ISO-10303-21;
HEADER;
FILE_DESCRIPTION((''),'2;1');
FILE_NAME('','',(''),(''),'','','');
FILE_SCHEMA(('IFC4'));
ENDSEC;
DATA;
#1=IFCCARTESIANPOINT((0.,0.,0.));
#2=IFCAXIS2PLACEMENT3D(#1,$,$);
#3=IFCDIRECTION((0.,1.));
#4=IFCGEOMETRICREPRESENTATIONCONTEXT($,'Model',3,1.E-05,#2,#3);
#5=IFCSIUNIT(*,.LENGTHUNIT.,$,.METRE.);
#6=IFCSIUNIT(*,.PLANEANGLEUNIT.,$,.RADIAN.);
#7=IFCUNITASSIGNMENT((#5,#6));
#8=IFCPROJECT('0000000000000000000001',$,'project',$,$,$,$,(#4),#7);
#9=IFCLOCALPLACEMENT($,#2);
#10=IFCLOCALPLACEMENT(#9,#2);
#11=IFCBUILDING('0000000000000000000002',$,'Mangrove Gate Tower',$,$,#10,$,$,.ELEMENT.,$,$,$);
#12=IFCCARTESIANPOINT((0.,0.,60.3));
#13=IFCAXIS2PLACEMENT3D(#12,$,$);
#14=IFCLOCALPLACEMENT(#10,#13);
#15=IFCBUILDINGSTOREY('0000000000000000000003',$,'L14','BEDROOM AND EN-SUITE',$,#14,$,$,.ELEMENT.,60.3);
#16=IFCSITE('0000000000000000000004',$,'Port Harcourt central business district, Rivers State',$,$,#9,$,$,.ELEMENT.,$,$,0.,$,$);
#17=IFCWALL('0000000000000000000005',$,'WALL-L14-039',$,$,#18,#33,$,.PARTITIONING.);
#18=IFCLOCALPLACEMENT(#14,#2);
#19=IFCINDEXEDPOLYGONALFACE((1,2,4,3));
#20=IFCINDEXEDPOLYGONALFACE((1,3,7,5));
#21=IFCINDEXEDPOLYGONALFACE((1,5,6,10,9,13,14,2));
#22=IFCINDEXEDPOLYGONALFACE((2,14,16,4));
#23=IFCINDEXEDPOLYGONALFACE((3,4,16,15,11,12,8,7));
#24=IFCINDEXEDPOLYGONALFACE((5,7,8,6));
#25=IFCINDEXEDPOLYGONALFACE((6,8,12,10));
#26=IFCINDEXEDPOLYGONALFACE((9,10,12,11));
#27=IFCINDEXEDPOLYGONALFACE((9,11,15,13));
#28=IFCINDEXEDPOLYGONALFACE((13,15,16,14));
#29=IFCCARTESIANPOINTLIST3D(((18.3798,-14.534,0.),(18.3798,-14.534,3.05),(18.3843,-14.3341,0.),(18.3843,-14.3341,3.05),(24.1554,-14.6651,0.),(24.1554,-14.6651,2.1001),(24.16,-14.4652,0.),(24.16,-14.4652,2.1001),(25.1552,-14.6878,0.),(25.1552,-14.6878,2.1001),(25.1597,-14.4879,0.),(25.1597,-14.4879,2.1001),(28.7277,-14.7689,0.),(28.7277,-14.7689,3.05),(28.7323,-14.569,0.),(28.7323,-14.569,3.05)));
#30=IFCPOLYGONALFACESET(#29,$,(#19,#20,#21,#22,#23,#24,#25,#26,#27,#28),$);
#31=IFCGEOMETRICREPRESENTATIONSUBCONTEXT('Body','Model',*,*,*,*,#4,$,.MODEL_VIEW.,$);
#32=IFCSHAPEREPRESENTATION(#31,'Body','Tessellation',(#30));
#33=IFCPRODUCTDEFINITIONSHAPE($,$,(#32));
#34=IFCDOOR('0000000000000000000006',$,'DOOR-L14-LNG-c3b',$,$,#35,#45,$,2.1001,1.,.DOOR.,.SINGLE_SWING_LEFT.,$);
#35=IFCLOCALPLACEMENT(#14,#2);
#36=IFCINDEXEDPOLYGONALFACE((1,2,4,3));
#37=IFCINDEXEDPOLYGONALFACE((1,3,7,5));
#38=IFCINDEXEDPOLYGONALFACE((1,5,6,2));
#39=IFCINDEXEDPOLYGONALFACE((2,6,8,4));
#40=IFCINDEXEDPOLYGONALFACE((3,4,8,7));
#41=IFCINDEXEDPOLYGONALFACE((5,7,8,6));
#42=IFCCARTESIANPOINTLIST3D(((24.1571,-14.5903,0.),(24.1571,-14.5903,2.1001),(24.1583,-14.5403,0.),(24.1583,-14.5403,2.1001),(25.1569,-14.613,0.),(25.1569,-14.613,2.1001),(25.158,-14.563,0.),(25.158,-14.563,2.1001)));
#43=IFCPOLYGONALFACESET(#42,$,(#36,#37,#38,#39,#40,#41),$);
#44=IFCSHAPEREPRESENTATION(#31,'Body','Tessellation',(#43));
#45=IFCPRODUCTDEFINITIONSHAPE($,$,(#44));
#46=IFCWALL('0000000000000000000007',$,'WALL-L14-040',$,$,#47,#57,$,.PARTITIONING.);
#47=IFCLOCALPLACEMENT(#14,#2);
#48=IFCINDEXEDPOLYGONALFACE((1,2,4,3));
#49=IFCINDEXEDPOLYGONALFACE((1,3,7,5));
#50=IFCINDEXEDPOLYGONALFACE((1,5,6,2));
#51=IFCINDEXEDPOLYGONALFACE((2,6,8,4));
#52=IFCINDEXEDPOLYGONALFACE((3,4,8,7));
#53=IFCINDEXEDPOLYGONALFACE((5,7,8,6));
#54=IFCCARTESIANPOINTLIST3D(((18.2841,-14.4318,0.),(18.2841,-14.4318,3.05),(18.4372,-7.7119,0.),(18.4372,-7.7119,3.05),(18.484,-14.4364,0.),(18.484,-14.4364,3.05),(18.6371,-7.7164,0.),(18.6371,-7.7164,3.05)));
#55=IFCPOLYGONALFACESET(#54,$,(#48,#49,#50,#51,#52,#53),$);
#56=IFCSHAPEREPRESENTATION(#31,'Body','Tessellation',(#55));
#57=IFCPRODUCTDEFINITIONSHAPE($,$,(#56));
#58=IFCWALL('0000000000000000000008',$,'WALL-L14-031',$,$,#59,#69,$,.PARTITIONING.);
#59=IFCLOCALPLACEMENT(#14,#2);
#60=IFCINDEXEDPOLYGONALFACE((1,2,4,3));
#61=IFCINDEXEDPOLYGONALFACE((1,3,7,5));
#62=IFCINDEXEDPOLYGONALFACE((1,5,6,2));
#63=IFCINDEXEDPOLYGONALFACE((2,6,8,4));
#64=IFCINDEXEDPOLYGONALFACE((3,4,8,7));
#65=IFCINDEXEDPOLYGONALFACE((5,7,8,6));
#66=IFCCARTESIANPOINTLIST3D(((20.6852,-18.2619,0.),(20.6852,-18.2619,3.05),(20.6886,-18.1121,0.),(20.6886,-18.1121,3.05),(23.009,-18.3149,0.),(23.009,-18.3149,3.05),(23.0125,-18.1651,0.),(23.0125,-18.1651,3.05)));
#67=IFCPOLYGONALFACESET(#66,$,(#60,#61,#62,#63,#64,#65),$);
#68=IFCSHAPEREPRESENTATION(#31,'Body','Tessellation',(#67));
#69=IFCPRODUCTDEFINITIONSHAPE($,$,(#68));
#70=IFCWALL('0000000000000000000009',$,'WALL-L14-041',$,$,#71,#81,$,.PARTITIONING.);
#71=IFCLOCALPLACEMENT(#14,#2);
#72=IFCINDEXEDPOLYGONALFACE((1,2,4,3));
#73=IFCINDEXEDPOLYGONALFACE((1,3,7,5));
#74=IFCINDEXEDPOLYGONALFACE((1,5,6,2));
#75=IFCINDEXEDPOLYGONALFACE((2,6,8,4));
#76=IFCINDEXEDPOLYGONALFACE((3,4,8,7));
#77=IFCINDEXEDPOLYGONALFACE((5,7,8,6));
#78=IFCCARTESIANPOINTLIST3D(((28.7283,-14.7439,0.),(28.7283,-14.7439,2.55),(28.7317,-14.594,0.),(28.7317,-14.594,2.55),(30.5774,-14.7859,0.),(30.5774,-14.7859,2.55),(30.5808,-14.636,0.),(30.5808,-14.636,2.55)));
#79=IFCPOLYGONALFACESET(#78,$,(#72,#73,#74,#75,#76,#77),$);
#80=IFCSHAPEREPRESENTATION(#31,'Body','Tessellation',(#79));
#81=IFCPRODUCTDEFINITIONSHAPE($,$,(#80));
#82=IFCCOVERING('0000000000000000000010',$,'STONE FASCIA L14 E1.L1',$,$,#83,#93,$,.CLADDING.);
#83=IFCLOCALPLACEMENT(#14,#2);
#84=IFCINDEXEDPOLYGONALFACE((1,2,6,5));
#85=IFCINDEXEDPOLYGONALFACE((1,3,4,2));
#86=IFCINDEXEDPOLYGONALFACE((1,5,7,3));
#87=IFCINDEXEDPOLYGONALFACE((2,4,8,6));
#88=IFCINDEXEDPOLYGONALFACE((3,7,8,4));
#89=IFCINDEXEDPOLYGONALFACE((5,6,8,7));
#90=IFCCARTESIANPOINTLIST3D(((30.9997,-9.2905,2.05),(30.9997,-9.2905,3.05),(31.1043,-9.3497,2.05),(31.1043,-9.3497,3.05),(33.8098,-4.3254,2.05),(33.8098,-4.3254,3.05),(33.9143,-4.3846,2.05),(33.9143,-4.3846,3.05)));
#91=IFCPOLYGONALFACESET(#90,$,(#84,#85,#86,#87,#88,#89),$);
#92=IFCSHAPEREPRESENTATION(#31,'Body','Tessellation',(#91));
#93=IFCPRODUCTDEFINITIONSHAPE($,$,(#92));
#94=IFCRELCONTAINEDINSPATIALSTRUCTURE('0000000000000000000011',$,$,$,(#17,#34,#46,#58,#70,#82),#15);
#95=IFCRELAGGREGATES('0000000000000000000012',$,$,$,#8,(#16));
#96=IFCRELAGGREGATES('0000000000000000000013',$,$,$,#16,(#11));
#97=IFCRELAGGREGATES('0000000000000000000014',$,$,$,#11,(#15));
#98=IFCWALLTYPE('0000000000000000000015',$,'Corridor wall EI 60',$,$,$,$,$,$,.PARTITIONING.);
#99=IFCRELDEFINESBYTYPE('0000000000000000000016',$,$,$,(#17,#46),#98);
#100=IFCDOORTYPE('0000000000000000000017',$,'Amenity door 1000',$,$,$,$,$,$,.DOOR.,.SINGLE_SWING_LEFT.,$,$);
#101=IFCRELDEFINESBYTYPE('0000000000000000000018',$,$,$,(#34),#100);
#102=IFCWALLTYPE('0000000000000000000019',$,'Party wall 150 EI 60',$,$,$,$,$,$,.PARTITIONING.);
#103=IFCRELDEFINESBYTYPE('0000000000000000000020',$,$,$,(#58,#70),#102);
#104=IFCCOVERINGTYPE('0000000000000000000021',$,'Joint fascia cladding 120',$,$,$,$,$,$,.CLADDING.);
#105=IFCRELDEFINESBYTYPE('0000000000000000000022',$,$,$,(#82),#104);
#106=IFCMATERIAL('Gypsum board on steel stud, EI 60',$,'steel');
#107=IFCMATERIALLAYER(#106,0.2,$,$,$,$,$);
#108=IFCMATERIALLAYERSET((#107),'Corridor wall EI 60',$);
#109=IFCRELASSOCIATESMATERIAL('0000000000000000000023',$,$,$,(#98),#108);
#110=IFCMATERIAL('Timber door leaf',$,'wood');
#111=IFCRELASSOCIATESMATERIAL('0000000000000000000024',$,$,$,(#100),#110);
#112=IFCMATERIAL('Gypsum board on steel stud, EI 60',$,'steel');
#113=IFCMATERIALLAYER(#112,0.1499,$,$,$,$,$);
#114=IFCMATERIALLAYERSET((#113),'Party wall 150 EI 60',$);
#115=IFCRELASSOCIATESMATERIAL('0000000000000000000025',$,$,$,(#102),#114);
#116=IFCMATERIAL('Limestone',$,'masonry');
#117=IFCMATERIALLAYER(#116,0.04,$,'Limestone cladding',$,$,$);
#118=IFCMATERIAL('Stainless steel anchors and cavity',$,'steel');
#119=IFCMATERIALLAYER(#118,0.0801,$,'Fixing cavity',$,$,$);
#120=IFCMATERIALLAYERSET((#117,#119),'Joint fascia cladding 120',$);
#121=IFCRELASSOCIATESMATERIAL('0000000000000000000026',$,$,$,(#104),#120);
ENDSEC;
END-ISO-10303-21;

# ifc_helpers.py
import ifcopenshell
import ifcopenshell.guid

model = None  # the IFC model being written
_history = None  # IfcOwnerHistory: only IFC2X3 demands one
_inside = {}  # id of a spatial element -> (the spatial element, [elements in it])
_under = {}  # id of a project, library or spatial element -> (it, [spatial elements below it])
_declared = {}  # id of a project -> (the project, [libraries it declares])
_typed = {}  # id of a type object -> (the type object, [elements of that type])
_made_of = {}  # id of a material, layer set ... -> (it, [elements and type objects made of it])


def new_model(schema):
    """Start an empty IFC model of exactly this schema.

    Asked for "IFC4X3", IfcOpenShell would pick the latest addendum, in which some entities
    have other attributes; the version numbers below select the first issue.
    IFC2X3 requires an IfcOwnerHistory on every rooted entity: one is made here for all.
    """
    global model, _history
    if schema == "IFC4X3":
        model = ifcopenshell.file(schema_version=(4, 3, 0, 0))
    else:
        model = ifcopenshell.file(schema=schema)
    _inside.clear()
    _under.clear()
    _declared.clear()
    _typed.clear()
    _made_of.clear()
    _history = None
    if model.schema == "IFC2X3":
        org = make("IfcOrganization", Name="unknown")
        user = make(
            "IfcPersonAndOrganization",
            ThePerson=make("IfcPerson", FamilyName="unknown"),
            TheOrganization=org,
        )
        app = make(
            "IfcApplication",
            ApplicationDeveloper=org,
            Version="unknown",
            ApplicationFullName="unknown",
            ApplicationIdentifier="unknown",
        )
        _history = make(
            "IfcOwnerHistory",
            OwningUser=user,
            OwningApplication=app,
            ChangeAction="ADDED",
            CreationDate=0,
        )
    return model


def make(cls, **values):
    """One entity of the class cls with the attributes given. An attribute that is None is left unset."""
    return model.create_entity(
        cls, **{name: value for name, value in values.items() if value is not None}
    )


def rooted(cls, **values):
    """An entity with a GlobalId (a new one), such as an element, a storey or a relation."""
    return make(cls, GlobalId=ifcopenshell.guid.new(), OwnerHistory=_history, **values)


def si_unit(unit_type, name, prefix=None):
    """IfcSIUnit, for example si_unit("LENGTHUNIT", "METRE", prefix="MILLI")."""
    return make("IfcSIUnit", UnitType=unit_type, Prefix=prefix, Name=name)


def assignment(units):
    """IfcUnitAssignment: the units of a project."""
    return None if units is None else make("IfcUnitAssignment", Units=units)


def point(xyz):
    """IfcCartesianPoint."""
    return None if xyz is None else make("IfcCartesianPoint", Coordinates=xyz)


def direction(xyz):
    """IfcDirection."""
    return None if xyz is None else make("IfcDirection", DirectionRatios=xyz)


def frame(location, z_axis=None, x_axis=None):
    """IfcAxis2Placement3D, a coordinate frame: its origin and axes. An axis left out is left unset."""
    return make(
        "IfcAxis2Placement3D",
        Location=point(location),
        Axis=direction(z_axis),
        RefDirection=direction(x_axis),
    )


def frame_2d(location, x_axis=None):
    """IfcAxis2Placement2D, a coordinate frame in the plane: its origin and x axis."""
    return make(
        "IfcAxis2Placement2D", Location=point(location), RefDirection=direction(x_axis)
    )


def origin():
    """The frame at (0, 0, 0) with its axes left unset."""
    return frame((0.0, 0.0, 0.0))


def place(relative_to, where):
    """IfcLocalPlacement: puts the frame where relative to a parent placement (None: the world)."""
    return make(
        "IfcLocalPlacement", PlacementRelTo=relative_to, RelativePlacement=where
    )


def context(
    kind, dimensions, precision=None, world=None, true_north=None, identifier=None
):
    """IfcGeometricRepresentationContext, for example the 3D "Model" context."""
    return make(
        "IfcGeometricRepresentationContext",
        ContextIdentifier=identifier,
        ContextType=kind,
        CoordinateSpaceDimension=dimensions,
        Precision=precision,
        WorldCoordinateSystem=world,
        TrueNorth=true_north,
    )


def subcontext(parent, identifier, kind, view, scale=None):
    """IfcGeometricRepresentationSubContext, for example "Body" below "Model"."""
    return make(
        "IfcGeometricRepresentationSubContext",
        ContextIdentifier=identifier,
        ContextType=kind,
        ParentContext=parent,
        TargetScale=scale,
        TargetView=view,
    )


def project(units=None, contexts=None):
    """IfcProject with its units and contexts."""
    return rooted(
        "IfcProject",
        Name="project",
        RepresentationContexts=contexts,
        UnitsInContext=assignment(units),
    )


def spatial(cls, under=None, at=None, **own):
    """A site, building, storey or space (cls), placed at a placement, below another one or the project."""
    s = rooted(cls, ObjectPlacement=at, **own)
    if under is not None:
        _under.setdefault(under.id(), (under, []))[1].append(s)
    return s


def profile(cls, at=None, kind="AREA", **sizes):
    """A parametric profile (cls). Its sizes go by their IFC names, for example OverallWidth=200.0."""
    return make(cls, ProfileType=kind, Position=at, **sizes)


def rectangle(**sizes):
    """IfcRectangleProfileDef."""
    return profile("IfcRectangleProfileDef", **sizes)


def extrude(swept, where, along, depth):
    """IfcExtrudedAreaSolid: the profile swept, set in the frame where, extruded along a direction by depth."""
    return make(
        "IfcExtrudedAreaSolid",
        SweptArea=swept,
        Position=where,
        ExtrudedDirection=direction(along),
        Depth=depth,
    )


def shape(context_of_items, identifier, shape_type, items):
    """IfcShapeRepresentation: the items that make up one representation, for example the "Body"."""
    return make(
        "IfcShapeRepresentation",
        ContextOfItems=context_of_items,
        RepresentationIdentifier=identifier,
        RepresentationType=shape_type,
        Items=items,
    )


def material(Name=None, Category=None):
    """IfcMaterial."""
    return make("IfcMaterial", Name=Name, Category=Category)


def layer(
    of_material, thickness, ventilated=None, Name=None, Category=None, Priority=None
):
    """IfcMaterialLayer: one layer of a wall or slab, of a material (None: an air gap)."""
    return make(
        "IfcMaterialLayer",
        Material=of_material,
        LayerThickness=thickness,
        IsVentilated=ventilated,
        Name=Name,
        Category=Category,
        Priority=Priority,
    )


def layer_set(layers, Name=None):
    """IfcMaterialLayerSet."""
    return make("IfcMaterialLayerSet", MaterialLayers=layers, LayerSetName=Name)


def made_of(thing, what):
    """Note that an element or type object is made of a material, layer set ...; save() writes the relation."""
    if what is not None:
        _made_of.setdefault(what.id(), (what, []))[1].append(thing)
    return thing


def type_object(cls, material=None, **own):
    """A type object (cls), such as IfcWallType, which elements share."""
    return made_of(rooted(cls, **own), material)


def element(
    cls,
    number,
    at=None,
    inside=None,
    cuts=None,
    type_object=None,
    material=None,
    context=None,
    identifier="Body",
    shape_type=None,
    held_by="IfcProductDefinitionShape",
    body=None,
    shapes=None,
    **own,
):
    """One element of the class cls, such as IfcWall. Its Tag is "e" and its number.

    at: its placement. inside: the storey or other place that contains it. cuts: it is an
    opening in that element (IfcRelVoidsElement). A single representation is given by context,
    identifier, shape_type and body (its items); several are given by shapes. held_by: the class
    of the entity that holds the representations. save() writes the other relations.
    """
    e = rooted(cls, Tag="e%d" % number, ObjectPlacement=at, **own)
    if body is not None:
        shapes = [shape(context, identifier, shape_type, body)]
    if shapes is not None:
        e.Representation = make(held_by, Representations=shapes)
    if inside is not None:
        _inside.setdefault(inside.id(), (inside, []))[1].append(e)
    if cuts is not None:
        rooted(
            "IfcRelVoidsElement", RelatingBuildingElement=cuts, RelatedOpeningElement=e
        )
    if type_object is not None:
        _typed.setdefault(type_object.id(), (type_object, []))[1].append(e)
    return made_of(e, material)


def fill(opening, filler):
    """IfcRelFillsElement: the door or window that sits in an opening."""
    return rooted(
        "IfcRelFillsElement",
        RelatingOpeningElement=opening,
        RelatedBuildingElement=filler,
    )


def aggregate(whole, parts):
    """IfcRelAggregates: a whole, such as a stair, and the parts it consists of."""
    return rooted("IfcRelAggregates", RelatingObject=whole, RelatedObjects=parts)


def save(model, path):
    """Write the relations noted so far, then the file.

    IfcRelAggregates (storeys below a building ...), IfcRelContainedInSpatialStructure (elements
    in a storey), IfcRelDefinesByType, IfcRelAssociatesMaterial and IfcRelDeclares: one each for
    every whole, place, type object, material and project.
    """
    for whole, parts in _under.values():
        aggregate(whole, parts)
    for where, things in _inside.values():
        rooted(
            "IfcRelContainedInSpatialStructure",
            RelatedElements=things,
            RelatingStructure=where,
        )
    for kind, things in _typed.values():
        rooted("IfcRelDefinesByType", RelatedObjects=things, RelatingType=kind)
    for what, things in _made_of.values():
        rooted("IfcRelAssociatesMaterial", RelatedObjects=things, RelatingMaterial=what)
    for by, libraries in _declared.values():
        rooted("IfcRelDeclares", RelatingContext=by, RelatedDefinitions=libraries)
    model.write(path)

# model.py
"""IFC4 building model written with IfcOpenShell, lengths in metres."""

from ifc_helpers import new_model, si_unit, direction, frame, frame_2d, origin, place, context, subcontext, project, spatial, rectangle, extrude, material, layer, layer_set, type_object, element, fill, save


model = new_model("IFC4")

# Units and contexts
model_context = context("Model", 3, precision=1e-05, world=origin(), true_north=direction((0.0, 1.0)))
body_context = subcontext(model_context, "Body", "Model", "MODEL_VIEW")
ifc_project = project(units=[si_unit("LENGTHUNIT", "METRE"), si_unit("PLANEANGLEUNIT", "RADIAN")], contexts=[model_context])

# Site, building, storey
site_placement = place(None, origin())
site = spatial("IfcSite", under=ifc_project, at=site_placement, Name="Port Harcourt central business district, Rivers State", CompositionType="ELEMENT", RefElevation=0.0)
building_placement = place(site_placement, origin())
building = spatial("IfcBuilding", under=site, at=building_placement, Name="Mangrove Gate Tower", CompositionType="ELEMENT")
storey_placement = place(building_placement, frame((0.0, 0.0, 60.3)))
storey = spatial("IfcBuildingStorey", under=building, at=storey_placement, Name="L14", Description="BEDROOM AND EN-SUITE", CompositionType="ELEMENT", Elevation=60.3)

# Shared definitions
ifc_material_1 = material(Name="Gypsum board on steel stud, EI 60", Category="steel")
ifc_layer_1 = layer(ifc_material_1, 0.2)
ifc_layer_set_1 = layer_set([ifc_layer_1], Name="Corridor wall EI 60")
wall_type_1 = type_object("IfcWallType", Name="Corridor wall EI 60", PredefinedType="PARTITIONING", material=ifc_layer_set_1)

# Wall, opening, door
wall_1_placement = place(storey_placement, frame((18.3821, -14.4341, 0.0), z_axis=(0.0, 0.0, 1.0), x_axis=(0.999743, -0.022691, 0.0)))
wall_1 = element("IfcWall", 1, at=wall_1_placement, inside=storey, type_object=wall_type_1, Name="WALL-L14-039", PredefinedType="PARTITIONING", context=body_context, shape_type="SweptSolid", body=[
    extrude(rectangle(XDim=10.3506, YDim=0.2, at=frame_2d((5.1753, 0.0))), origin(), (0.0, 0.0, 1.0), 3.05),
])
opening_placement = place(wall_1_placement, frame((5.7771, 0.0, 0.0)))
opening = element("IfcOpeningElement", 2, at=opening_placement, cuts=wall_1, PredefinedType="OPENING", context=body_context, shape_type="SweptSolid", body=[
    extrude(rectangle(XDim=1.0, YDim=2.1001, at=frame_2d((0.5, 1.05))), frame((0.0, 0.1099, 0.0), z_axis=(0.0, -1.0, 0.0), x_axis=(1.0, 0.0, 0.0)), (0.0, 0.0, 1.0), 0.22),
])
ifc_material_2 = material(Name="Timber door leaf", Category="wood")
door_type = type_object("IfcDoorType", Name="Amenity door 1000", OperationType="SINGLE_SWING_LEFT", PredefinedType="DOOR", material=ifc_material_2)
door_placement = place(opening_placement, origin())
door = element("IfcDoor", 3, at=door_placement, inside=storey, type_object=door_type, Name="DOOR-L14-LNG-c3b", OperationType="SINGLE_SWING_LEFT", OverallHeight=2.1001, OverallWidth=1.0, PredefinedType="DOOR", context=body_context, shape_type="SweptSolid", body=[
    extrude(rectangle(XDim=1.0, YDim=2.1001, at=frame_2d((0.5, 1.05))), frame((0.0, 0.0249, 0.0), z_axis=(0.0, -1.0, 0.0), x_axis=(1.0, 0.0, 0.0)), (0.0, 0.0, 1.0), 0.05),
])
fill(opening, door)

# Walls
wall_2_placement = place(storey_placement, frame((18.384, -14.4341, 0.0), z_axis=(0.0, 0.0, 1.0), x_axis=(0.022773, 0.999741, 0.0)))
element("IfcWall", 4, at=wall_2_placement, inside=storey, type_object=wall_type_1, Name="WALL-L14-040", PredefinedType="PARTITIONING", context=body_context, shape_type="SweptSolid", body=[
    extrude(rectangle(XDim=6.7217, YDim=0.2, at=frame_2d((3.3608, 0.0))), origin(), (0.0, 0.0, 1.0), 3.05),
])
ifc_material_3 = material(Name="Gypsum board on steel stud, EI 60", Category="steel")
ifc_layer_2 = layer(ifc_material_3, 0.1499)
ifc_layer_set_2 = layer_set([ifc_layer_2], Name="Party wall 150 EI 60")
wall_type_2 = type_object("IfcWallType", Name="Party wall 150 EI 60", PredefinedType="PARTITIONING", material=ifc_layer_set_2)
wall_3_placement = place(storey_placement, frame((20.687, -18.187, 0.0), z_axis=(0.0, 0.0, 1.0), x_axis=(0.99974, -0.022791, 0.0)))
element("IfcWall", 5, at=wall_3_placement, inside=storey, type_object=wall_type_2, Name="WALL-L14-031", PredefinedType="PARTITIONING", context=body_context, shape_type="SweptSolid", body=[
    extrude(rectangle(XDim=2.3245, YDim=0.1499, at=frame_2d((1.1621, 0.0))), origin(), (0.0, 0.0, 1.0), 3.05),
])
wall_4_placement = place(storey_placement, frame((28.73, -14.6689, 0.0), z_axis=(0.0, 0.0, 1.0), x_axis=(0.999742, -0.022703, 0.0)))
element("IfcWall", 6, at=wall_4_placement, inside=storey, type_object=wall_type_2, Name="WALL-L14-041", PredefinedType="PARTITIONING", context=body_context, shape_type="SweptSolid", body=[
    extrude(rectangle(XDim=1.8496, YDim=0.1499, at=frame_2d((0.9248, 0.0))), origin(), (0.0, 0.0, 1.0), 2.55),
])

# Covering
ifc_material_4 = material(Name="Limestone", Category="masonry")
ifc_layer_3 = layer(ifc_material_4, 0.04, Name="Limestone cladding")
ifc_material_5 = material(Name="Stainless steel anchors and cavity", Category="steel")
ifc_layer_4 = layer(ifc_material_5, 0.0801, Name="Fixing cavity")
ifc_layer_set_3 = layer_set([ifc_layer_3, ifc_layer_4], Name="Joint fascia cladding 120")
covering_type = type_object("IfcCoveringType", Name="Joint fascia cladding 120", PredefinedType="CLADDING", material=ifc_layer_set_3)
covering_placement = place(storey_placement, frame((31.052, -9.3201, 2.05), z_axis=(0.0, 0.0, 1.0), x_axis=(0.492549, 0.870285, 0.0)))
element("IfcCovering", 7, at=covering_placement, inside=storey, type_object=covering_type, Name="STONE FASCIA L14 E1.L1", PredefinedType="CLADDING", context=body_context, shape_type="SweptSolid", body=[
    extrude(rectangle(XDim=5.7051, YDim=0.1201, at=frame_2d((2.8525, 0.0))), origin(), (0.0, 0.0, 1.0), 1.0),
])

save(model, "model.ifc")
